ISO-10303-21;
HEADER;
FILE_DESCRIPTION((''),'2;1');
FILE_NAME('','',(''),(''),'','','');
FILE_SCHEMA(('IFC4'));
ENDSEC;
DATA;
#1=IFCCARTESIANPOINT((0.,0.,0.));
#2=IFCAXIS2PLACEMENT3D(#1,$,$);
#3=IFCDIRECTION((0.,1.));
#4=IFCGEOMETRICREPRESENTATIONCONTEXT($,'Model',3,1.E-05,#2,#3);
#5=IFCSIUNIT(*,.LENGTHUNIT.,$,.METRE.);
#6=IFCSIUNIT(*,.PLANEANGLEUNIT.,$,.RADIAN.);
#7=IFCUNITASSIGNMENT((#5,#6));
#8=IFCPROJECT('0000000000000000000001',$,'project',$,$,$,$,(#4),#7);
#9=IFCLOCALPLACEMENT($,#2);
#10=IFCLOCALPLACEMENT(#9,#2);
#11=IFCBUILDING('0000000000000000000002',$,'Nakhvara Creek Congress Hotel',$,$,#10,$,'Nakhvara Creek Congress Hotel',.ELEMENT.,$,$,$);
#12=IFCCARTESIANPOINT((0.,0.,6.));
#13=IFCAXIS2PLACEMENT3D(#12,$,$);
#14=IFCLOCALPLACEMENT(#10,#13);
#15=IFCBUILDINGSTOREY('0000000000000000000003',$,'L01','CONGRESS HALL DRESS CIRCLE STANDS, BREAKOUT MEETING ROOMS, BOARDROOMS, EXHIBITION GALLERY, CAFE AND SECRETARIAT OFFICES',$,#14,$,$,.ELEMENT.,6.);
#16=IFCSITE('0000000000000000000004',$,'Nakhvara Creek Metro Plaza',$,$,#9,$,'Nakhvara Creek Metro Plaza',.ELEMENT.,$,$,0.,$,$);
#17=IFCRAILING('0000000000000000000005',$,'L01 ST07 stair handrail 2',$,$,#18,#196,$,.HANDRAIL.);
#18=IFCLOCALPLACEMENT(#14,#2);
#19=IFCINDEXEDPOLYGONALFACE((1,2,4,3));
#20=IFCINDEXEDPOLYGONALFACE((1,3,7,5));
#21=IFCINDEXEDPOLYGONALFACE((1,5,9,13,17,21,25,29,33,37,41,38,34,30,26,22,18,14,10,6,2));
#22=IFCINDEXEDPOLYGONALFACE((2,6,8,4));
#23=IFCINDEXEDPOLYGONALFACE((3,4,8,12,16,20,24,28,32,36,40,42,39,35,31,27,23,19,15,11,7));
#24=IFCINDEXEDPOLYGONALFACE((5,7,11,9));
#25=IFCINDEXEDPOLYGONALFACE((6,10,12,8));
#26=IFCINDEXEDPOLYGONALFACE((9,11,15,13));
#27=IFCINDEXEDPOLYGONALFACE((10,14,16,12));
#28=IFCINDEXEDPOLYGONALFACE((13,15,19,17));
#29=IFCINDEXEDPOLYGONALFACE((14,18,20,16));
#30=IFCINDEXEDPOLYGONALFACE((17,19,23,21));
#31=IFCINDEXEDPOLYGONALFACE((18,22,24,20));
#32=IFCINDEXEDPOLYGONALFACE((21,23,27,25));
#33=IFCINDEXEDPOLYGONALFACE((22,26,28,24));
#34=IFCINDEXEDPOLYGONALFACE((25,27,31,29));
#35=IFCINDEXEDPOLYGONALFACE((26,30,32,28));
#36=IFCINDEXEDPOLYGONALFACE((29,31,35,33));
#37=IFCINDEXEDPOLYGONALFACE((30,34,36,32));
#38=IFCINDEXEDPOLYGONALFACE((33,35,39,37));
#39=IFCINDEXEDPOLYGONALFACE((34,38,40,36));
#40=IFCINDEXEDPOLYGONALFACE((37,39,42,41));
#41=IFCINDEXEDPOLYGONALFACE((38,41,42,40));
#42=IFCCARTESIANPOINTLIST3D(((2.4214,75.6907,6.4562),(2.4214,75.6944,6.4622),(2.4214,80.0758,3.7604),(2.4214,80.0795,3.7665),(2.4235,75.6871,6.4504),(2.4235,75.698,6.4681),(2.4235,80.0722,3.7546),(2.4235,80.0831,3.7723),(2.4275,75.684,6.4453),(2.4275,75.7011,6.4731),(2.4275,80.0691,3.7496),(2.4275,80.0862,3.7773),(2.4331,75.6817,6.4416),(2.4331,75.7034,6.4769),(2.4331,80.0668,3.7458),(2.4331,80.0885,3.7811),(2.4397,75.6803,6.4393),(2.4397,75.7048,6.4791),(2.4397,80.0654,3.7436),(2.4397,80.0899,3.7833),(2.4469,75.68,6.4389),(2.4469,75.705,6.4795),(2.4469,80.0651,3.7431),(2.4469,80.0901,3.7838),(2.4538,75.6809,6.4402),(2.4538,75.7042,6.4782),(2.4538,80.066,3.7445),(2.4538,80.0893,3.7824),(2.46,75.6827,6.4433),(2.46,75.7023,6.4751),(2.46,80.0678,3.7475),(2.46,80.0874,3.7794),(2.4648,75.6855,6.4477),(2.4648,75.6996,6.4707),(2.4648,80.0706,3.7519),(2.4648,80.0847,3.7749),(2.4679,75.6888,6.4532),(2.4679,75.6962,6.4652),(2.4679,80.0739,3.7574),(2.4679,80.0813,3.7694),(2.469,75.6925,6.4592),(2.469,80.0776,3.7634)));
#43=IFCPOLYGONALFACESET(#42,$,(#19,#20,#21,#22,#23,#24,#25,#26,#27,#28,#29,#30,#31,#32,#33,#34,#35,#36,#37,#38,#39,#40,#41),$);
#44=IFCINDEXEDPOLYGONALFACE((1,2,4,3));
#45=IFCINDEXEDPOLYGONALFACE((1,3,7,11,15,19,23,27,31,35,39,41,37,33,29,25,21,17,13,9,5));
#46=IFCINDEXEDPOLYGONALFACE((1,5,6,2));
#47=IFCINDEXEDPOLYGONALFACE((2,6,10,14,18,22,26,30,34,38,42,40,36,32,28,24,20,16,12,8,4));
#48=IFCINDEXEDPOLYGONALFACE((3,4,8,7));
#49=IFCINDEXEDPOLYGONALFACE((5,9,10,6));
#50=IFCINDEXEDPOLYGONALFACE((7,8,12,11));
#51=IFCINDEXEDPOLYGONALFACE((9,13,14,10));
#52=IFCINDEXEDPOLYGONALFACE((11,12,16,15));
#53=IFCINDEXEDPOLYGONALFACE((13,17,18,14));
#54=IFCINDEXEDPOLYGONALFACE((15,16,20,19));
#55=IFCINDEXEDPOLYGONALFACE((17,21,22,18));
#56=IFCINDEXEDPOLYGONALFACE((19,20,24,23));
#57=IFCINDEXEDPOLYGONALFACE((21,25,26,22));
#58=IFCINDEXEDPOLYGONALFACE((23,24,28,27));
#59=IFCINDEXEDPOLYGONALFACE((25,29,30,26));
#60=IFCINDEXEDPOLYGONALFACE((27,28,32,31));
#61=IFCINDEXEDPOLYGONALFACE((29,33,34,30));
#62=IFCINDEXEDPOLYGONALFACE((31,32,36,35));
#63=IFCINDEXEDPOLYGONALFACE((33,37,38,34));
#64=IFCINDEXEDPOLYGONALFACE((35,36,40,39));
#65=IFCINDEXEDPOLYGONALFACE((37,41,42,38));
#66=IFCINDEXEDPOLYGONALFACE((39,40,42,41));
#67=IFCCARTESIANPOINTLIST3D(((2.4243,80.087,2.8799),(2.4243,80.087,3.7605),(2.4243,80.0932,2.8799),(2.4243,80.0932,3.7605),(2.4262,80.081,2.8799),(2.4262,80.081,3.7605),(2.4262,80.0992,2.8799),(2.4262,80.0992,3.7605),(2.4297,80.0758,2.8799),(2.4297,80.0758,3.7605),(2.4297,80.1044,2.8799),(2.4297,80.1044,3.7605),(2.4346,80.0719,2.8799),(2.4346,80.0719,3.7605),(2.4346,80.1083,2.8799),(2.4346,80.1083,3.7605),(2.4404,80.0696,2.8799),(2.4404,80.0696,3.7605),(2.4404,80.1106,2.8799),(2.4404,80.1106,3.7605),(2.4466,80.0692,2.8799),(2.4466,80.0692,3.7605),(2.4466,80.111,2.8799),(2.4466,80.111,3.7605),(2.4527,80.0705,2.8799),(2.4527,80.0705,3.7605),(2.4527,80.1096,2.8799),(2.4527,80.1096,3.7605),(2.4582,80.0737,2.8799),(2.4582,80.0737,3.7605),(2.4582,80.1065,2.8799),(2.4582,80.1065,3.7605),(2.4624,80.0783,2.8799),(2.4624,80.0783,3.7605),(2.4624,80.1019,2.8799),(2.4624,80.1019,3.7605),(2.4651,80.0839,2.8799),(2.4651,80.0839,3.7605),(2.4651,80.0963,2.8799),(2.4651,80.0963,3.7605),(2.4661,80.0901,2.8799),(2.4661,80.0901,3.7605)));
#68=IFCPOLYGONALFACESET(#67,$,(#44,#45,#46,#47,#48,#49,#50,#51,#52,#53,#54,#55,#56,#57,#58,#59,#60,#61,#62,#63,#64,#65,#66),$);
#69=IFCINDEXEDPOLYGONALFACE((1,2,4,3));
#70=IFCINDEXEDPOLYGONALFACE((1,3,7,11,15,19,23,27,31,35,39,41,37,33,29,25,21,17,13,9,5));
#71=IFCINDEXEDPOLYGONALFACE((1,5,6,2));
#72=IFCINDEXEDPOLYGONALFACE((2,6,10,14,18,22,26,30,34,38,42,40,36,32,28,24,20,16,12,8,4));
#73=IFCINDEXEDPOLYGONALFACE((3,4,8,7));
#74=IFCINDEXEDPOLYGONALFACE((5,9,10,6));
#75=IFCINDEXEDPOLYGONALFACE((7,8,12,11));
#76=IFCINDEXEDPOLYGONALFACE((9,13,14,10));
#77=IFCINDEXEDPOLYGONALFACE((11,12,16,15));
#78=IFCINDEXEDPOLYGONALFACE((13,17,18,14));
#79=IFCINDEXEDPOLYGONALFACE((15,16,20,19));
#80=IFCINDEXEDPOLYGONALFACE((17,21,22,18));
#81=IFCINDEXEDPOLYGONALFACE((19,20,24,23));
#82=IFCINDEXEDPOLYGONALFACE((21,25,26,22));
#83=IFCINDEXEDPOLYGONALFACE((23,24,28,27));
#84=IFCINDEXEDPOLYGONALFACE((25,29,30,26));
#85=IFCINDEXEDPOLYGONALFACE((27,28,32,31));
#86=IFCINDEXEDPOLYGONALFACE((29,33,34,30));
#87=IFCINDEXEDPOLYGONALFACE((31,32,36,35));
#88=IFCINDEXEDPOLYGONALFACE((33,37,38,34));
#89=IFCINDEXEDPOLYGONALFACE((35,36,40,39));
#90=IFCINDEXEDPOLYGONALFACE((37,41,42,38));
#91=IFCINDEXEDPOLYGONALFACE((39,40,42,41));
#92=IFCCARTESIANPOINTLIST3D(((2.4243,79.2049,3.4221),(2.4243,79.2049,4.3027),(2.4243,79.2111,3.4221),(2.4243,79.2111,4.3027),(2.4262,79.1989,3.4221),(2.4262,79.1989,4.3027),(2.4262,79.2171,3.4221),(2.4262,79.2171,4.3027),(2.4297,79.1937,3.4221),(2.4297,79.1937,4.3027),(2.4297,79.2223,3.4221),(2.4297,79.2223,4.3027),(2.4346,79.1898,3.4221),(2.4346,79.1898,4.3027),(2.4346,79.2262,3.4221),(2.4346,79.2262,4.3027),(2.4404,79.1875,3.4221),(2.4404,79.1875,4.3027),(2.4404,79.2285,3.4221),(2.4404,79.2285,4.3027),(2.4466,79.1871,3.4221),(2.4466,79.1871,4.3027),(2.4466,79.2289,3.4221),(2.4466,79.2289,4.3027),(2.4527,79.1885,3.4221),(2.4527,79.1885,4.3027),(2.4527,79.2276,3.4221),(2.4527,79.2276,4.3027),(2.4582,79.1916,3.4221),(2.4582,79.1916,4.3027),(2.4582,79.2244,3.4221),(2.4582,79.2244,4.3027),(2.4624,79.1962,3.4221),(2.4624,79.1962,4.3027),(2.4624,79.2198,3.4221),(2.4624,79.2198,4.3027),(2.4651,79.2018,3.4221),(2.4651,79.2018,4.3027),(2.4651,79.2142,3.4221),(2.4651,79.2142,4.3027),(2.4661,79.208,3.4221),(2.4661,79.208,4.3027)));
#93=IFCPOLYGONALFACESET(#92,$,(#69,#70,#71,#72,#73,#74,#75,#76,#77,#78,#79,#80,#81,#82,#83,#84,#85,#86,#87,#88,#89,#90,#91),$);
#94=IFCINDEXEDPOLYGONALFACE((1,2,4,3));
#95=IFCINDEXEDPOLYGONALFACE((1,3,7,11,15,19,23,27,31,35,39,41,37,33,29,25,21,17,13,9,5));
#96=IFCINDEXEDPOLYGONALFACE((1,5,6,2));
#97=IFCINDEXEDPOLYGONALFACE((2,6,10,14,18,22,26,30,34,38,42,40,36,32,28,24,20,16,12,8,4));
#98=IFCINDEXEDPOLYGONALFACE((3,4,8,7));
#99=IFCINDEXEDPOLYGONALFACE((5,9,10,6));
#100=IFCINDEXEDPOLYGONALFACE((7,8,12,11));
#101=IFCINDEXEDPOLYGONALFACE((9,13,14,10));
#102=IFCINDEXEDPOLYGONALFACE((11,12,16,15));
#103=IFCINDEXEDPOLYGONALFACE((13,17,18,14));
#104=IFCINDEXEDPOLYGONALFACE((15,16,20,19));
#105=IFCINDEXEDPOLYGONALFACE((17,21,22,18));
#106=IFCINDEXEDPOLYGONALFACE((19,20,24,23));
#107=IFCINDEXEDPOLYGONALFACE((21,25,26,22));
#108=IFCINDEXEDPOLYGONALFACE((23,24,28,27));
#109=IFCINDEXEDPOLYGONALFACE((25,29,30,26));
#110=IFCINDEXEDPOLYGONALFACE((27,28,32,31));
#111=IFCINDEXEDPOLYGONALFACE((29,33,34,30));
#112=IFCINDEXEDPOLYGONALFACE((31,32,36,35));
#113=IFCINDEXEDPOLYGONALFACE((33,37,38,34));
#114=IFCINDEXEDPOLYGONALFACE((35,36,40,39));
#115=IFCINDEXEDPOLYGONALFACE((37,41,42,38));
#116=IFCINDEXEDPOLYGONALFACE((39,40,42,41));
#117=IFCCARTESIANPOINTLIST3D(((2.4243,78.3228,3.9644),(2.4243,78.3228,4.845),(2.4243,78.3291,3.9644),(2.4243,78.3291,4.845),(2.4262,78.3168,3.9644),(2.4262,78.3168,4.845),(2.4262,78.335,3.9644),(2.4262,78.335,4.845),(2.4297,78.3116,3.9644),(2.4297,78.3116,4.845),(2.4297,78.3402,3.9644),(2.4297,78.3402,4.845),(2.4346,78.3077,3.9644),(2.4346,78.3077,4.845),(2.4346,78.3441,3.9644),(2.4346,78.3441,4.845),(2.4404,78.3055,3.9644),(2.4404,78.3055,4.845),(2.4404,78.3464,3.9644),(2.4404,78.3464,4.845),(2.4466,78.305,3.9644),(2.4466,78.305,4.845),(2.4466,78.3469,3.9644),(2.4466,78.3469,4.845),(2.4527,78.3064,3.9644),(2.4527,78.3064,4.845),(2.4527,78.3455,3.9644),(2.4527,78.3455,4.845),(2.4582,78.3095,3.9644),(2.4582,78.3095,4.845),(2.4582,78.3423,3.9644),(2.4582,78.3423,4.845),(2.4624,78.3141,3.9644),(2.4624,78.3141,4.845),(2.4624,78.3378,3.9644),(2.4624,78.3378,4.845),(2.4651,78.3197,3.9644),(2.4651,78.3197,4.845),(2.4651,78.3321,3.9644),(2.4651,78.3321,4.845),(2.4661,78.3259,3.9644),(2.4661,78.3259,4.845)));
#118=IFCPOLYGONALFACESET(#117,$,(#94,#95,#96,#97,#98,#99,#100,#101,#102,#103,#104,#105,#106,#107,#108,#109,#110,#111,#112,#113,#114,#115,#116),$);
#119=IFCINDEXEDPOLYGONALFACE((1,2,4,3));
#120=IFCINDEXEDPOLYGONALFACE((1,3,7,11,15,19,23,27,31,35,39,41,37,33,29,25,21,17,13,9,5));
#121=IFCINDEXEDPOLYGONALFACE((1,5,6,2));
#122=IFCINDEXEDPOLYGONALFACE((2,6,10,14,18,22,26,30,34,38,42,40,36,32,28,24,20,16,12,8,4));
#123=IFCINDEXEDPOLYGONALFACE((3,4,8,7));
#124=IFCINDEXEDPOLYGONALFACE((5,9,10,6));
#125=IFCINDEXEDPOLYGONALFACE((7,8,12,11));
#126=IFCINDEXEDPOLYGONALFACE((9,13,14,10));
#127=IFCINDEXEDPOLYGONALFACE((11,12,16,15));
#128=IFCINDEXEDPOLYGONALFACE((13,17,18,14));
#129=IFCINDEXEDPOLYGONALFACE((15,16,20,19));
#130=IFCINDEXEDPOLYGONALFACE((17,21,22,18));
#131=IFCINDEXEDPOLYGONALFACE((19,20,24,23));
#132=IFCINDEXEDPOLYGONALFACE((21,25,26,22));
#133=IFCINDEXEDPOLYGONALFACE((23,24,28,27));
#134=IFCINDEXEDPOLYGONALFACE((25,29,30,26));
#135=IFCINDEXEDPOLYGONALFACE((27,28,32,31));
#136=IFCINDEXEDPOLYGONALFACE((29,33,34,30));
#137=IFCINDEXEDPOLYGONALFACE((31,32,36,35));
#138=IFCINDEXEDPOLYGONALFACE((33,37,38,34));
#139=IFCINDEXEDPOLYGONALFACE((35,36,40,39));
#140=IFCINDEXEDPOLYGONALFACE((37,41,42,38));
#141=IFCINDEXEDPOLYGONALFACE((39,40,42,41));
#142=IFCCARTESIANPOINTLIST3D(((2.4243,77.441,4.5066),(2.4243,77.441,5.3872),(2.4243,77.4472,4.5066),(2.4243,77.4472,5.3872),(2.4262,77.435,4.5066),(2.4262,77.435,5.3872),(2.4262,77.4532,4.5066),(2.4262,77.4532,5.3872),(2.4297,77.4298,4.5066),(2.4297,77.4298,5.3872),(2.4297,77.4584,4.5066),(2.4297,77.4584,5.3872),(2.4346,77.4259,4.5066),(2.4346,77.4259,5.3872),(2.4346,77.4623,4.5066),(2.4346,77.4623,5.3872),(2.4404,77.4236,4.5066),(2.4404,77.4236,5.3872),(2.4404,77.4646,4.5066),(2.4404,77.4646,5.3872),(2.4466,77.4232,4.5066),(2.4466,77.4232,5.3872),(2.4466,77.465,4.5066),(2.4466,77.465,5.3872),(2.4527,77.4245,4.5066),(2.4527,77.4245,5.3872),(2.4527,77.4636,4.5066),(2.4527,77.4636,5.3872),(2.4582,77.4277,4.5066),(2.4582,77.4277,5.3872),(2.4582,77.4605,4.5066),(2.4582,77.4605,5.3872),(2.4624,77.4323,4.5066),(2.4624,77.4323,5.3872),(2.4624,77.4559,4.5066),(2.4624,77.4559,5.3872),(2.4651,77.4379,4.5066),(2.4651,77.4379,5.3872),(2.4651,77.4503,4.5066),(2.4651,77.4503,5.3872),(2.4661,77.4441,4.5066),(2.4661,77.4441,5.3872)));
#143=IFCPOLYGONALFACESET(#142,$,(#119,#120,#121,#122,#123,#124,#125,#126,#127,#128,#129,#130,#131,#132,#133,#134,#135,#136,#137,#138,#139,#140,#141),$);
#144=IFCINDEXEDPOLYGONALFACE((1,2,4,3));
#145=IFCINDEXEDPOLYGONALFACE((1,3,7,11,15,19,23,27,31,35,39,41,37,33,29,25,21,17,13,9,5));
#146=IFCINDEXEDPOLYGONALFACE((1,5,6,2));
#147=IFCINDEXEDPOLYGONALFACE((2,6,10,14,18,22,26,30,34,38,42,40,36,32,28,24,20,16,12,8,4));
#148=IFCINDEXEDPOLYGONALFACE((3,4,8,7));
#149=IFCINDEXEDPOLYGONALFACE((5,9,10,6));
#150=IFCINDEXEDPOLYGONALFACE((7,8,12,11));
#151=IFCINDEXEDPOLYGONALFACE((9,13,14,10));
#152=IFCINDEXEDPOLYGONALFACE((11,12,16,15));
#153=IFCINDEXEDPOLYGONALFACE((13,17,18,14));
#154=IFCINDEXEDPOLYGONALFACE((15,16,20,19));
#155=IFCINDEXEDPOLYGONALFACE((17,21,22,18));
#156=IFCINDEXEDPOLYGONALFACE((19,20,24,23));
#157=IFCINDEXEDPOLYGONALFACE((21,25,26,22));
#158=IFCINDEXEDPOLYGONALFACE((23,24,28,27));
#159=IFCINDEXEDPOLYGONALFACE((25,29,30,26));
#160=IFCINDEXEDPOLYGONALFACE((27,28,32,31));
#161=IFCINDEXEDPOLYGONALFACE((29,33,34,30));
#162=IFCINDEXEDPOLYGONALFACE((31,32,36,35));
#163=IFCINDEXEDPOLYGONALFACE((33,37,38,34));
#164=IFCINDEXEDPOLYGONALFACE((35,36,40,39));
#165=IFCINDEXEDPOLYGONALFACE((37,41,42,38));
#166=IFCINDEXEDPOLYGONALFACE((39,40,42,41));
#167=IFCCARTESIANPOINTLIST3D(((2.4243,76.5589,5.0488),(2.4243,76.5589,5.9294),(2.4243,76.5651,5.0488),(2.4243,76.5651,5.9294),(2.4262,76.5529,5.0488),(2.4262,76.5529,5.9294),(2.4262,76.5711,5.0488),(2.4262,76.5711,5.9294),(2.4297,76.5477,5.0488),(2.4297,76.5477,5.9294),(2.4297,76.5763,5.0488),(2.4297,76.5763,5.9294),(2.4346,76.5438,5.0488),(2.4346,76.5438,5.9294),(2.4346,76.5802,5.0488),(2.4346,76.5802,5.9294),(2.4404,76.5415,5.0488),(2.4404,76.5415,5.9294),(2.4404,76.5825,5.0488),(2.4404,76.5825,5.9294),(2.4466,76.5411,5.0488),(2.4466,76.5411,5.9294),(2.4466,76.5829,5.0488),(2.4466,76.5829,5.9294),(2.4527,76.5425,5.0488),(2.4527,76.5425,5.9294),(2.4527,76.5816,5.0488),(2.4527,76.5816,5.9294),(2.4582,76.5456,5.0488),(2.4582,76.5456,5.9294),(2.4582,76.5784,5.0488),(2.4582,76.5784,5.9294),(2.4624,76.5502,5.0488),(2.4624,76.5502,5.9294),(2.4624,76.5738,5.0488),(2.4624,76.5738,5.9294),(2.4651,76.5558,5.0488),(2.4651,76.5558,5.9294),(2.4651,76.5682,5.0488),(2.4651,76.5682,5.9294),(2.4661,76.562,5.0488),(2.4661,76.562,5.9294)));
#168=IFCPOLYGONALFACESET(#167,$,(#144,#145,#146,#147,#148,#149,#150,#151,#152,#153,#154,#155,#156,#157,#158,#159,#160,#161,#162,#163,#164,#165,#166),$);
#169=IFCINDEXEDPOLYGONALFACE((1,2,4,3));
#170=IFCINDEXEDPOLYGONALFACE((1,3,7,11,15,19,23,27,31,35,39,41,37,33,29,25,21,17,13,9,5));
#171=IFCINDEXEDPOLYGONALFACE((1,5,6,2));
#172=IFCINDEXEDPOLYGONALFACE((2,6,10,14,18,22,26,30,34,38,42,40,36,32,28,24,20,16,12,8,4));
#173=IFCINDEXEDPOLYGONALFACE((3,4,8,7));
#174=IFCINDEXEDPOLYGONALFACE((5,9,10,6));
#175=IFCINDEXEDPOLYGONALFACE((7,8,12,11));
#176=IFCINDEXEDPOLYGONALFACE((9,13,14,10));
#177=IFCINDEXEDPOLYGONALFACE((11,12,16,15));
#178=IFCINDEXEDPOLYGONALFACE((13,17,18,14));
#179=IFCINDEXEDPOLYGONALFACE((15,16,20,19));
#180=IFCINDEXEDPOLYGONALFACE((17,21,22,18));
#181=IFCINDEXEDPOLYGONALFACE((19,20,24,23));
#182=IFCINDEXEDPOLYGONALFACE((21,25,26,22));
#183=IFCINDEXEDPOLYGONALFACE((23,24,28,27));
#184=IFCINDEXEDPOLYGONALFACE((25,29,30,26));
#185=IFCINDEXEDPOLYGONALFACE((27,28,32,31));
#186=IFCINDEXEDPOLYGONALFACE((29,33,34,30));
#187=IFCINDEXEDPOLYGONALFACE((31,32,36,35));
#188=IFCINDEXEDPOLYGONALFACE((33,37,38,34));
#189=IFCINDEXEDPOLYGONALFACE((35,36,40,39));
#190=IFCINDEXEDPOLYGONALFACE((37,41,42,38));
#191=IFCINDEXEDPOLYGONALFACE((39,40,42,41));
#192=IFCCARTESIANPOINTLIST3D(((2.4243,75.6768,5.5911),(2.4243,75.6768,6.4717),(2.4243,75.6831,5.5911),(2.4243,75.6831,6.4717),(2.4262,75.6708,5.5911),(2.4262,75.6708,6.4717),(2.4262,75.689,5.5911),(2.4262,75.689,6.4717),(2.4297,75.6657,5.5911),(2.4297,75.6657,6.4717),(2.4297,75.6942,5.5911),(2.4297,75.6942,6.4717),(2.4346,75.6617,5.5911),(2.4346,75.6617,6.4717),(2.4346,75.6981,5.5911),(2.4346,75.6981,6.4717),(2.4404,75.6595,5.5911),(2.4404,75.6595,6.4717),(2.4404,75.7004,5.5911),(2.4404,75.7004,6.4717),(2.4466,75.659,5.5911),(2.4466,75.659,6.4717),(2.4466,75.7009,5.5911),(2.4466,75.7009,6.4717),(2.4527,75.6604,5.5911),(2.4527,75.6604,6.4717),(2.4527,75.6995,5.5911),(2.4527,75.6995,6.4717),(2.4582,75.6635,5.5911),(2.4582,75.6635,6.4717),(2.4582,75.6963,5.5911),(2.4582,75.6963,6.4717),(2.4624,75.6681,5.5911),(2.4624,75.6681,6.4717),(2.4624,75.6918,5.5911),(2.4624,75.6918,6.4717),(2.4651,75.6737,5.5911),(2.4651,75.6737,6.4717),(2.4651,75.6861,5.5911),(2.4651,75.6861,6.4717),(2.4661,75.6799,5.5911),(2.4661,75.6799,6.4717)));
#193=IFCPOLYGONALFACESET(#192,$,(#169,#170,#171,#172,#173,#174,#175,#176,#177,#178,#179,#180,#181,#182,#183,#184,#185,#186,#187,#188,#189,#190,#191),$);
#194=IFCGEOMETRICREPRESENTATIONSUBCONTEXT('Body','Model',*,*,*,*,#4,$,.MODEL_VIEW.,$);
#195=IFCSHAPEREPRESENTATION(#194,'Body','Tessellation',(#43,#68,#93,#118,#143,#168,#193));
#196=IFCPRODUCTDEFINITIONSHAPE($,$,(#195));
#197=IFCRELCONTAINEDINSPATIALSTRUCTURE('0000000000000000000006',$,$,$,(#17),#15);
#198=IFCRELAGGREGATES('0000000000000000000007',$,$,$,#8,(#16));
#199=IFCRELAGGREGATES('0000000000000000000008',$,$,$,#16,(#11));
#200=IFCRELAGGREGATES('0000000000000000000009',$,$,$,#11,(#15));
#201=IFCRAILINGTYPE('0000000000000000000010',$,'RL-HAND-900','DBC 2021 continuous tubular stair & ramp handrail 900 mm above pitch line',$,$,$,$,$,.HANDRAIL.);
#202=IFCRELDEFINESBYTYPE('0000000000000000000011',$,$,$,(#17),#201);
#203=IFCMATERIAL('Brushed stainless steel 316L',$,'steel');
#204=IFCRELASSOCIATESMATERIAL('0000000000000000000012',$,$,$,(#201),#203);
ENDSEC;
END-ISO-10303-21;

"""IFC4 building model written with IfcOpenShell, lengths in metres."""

from ifc_helpers import new_model, si_unit, direction, frame, origin, origin_2d, place, context, subcontext, project, spatial, circle, extrude, material, type_object, element, save


model = new_model("IFC4")

# Units and contexts
model_context = context("Model", 3, precision=1e-05, world=origin(), true_north=direction((0.0, 1.0)))
body_context = subcontext(model_context, "Body", "Model", "MODEL_VIEW")
ifc_project = project(units=[si_unit("LENGTHUNIT", "METRE"), si_unit("PLANEANGLEUNIT", "RADIAN")], contexts=[model_context])

# Site, building, storey
site_placement = place(None, origin())
site = spatial("IfcSite", under=ifc_project, at=site_placement, Name="Nakhvara Creek Metro Plaza", LongName="Nakhvara Creek Metro Plaza", CompositionType="ELEMENT", RefElevation=0.0)
building_placement = place(site_placement, origin())
building = spatial("IfcBuilding", under=site, at=building_placement, Name="Nakhvara Creek Congress Hotel", LongName="Nakhvara Creek Congress Hotel", CompositionType="ELEMENT")
storey_placement = place(building_placement, frame((0.0, 0.0, 6.0)))
storey = spatial("IfcBuildingStorey", under=building, at=storey_placement, Name="L01", Description="CONGRESS HALL DRESS CIRCLE STANDS, BREAKOUT MEETING ROOMS, BOARDROOMS, EXHIBITION GALLERY, CAFE AND SECRETARIAT OFFICES", CompositionType="ELEMENT", Elevation=6.0)

# Railing
ifc_material_1 = material(Name="Brushed stainless steel 316L", Category="steel")
railing_type_1 = type_object("IfcRailingType", Name="RL-HAND-900", Description="DBC 2021 continuous tubular stair & ramp handrail 900 mm above pitch line", PredefinedType="HANDRAIL", material=ifc_material_1)
railing_1_placement = place(storey_placement, frame((2.4451, 80.0901, 2.8799)))
element("IfcRailing", 1, at=railing_1_placement, inside=storey, type_object=railing_type_1, Name="L01 ST07 stair handrail 2", PredefinedType="HANDRAIL", context=body_context, shape_type="SweptSolid", body=[
    extrude(circle(Radius=0.0239, at=origin_2d()), frame((0.0, -0.0125, 0.8835), z_axis=(0.0, -0.851896, 0.523711), x_axis=(1.0, 0.0, 0.0)), (0.0, 0.0, 1.0), 5.1475),
    extrude(circle(Radius=0.021, at=origin_2d()), origin(), (0.0, 0.0, 1.0), 0.8806),
    extrude(circle(Radius=0.021, at=origin_2d()), frame((0.0, -0.8821, 0.5422)), (0.0, 0.0, 1.0), 0.8806),
    extrude(circle(Radius=0.021, at=origin_2d()), frame((0.0, -1.7642, 1.0845)), (0.0, 0.0, 1.0), 0.8806),
    extrude(circle(Radius=0.021, at=origin_2d()), frame((0.0, -2.646, 1.6267)), (0.0, 0.0, 1.0), 0.8806),
    extrude(circle(Radius=0.021, at=origin_2d()), frame((0.0, -3.5281, 2.1689)), (0.0, 0.0, 1.0), 0.8806),
    extrude(circle(Radius=0.021, at=origin_2d()), frame((0.0, -4.4102, 2.7112)), (0.0, 0.0, 1.0), 0.8806),
])

save(model, "model.ifc")
